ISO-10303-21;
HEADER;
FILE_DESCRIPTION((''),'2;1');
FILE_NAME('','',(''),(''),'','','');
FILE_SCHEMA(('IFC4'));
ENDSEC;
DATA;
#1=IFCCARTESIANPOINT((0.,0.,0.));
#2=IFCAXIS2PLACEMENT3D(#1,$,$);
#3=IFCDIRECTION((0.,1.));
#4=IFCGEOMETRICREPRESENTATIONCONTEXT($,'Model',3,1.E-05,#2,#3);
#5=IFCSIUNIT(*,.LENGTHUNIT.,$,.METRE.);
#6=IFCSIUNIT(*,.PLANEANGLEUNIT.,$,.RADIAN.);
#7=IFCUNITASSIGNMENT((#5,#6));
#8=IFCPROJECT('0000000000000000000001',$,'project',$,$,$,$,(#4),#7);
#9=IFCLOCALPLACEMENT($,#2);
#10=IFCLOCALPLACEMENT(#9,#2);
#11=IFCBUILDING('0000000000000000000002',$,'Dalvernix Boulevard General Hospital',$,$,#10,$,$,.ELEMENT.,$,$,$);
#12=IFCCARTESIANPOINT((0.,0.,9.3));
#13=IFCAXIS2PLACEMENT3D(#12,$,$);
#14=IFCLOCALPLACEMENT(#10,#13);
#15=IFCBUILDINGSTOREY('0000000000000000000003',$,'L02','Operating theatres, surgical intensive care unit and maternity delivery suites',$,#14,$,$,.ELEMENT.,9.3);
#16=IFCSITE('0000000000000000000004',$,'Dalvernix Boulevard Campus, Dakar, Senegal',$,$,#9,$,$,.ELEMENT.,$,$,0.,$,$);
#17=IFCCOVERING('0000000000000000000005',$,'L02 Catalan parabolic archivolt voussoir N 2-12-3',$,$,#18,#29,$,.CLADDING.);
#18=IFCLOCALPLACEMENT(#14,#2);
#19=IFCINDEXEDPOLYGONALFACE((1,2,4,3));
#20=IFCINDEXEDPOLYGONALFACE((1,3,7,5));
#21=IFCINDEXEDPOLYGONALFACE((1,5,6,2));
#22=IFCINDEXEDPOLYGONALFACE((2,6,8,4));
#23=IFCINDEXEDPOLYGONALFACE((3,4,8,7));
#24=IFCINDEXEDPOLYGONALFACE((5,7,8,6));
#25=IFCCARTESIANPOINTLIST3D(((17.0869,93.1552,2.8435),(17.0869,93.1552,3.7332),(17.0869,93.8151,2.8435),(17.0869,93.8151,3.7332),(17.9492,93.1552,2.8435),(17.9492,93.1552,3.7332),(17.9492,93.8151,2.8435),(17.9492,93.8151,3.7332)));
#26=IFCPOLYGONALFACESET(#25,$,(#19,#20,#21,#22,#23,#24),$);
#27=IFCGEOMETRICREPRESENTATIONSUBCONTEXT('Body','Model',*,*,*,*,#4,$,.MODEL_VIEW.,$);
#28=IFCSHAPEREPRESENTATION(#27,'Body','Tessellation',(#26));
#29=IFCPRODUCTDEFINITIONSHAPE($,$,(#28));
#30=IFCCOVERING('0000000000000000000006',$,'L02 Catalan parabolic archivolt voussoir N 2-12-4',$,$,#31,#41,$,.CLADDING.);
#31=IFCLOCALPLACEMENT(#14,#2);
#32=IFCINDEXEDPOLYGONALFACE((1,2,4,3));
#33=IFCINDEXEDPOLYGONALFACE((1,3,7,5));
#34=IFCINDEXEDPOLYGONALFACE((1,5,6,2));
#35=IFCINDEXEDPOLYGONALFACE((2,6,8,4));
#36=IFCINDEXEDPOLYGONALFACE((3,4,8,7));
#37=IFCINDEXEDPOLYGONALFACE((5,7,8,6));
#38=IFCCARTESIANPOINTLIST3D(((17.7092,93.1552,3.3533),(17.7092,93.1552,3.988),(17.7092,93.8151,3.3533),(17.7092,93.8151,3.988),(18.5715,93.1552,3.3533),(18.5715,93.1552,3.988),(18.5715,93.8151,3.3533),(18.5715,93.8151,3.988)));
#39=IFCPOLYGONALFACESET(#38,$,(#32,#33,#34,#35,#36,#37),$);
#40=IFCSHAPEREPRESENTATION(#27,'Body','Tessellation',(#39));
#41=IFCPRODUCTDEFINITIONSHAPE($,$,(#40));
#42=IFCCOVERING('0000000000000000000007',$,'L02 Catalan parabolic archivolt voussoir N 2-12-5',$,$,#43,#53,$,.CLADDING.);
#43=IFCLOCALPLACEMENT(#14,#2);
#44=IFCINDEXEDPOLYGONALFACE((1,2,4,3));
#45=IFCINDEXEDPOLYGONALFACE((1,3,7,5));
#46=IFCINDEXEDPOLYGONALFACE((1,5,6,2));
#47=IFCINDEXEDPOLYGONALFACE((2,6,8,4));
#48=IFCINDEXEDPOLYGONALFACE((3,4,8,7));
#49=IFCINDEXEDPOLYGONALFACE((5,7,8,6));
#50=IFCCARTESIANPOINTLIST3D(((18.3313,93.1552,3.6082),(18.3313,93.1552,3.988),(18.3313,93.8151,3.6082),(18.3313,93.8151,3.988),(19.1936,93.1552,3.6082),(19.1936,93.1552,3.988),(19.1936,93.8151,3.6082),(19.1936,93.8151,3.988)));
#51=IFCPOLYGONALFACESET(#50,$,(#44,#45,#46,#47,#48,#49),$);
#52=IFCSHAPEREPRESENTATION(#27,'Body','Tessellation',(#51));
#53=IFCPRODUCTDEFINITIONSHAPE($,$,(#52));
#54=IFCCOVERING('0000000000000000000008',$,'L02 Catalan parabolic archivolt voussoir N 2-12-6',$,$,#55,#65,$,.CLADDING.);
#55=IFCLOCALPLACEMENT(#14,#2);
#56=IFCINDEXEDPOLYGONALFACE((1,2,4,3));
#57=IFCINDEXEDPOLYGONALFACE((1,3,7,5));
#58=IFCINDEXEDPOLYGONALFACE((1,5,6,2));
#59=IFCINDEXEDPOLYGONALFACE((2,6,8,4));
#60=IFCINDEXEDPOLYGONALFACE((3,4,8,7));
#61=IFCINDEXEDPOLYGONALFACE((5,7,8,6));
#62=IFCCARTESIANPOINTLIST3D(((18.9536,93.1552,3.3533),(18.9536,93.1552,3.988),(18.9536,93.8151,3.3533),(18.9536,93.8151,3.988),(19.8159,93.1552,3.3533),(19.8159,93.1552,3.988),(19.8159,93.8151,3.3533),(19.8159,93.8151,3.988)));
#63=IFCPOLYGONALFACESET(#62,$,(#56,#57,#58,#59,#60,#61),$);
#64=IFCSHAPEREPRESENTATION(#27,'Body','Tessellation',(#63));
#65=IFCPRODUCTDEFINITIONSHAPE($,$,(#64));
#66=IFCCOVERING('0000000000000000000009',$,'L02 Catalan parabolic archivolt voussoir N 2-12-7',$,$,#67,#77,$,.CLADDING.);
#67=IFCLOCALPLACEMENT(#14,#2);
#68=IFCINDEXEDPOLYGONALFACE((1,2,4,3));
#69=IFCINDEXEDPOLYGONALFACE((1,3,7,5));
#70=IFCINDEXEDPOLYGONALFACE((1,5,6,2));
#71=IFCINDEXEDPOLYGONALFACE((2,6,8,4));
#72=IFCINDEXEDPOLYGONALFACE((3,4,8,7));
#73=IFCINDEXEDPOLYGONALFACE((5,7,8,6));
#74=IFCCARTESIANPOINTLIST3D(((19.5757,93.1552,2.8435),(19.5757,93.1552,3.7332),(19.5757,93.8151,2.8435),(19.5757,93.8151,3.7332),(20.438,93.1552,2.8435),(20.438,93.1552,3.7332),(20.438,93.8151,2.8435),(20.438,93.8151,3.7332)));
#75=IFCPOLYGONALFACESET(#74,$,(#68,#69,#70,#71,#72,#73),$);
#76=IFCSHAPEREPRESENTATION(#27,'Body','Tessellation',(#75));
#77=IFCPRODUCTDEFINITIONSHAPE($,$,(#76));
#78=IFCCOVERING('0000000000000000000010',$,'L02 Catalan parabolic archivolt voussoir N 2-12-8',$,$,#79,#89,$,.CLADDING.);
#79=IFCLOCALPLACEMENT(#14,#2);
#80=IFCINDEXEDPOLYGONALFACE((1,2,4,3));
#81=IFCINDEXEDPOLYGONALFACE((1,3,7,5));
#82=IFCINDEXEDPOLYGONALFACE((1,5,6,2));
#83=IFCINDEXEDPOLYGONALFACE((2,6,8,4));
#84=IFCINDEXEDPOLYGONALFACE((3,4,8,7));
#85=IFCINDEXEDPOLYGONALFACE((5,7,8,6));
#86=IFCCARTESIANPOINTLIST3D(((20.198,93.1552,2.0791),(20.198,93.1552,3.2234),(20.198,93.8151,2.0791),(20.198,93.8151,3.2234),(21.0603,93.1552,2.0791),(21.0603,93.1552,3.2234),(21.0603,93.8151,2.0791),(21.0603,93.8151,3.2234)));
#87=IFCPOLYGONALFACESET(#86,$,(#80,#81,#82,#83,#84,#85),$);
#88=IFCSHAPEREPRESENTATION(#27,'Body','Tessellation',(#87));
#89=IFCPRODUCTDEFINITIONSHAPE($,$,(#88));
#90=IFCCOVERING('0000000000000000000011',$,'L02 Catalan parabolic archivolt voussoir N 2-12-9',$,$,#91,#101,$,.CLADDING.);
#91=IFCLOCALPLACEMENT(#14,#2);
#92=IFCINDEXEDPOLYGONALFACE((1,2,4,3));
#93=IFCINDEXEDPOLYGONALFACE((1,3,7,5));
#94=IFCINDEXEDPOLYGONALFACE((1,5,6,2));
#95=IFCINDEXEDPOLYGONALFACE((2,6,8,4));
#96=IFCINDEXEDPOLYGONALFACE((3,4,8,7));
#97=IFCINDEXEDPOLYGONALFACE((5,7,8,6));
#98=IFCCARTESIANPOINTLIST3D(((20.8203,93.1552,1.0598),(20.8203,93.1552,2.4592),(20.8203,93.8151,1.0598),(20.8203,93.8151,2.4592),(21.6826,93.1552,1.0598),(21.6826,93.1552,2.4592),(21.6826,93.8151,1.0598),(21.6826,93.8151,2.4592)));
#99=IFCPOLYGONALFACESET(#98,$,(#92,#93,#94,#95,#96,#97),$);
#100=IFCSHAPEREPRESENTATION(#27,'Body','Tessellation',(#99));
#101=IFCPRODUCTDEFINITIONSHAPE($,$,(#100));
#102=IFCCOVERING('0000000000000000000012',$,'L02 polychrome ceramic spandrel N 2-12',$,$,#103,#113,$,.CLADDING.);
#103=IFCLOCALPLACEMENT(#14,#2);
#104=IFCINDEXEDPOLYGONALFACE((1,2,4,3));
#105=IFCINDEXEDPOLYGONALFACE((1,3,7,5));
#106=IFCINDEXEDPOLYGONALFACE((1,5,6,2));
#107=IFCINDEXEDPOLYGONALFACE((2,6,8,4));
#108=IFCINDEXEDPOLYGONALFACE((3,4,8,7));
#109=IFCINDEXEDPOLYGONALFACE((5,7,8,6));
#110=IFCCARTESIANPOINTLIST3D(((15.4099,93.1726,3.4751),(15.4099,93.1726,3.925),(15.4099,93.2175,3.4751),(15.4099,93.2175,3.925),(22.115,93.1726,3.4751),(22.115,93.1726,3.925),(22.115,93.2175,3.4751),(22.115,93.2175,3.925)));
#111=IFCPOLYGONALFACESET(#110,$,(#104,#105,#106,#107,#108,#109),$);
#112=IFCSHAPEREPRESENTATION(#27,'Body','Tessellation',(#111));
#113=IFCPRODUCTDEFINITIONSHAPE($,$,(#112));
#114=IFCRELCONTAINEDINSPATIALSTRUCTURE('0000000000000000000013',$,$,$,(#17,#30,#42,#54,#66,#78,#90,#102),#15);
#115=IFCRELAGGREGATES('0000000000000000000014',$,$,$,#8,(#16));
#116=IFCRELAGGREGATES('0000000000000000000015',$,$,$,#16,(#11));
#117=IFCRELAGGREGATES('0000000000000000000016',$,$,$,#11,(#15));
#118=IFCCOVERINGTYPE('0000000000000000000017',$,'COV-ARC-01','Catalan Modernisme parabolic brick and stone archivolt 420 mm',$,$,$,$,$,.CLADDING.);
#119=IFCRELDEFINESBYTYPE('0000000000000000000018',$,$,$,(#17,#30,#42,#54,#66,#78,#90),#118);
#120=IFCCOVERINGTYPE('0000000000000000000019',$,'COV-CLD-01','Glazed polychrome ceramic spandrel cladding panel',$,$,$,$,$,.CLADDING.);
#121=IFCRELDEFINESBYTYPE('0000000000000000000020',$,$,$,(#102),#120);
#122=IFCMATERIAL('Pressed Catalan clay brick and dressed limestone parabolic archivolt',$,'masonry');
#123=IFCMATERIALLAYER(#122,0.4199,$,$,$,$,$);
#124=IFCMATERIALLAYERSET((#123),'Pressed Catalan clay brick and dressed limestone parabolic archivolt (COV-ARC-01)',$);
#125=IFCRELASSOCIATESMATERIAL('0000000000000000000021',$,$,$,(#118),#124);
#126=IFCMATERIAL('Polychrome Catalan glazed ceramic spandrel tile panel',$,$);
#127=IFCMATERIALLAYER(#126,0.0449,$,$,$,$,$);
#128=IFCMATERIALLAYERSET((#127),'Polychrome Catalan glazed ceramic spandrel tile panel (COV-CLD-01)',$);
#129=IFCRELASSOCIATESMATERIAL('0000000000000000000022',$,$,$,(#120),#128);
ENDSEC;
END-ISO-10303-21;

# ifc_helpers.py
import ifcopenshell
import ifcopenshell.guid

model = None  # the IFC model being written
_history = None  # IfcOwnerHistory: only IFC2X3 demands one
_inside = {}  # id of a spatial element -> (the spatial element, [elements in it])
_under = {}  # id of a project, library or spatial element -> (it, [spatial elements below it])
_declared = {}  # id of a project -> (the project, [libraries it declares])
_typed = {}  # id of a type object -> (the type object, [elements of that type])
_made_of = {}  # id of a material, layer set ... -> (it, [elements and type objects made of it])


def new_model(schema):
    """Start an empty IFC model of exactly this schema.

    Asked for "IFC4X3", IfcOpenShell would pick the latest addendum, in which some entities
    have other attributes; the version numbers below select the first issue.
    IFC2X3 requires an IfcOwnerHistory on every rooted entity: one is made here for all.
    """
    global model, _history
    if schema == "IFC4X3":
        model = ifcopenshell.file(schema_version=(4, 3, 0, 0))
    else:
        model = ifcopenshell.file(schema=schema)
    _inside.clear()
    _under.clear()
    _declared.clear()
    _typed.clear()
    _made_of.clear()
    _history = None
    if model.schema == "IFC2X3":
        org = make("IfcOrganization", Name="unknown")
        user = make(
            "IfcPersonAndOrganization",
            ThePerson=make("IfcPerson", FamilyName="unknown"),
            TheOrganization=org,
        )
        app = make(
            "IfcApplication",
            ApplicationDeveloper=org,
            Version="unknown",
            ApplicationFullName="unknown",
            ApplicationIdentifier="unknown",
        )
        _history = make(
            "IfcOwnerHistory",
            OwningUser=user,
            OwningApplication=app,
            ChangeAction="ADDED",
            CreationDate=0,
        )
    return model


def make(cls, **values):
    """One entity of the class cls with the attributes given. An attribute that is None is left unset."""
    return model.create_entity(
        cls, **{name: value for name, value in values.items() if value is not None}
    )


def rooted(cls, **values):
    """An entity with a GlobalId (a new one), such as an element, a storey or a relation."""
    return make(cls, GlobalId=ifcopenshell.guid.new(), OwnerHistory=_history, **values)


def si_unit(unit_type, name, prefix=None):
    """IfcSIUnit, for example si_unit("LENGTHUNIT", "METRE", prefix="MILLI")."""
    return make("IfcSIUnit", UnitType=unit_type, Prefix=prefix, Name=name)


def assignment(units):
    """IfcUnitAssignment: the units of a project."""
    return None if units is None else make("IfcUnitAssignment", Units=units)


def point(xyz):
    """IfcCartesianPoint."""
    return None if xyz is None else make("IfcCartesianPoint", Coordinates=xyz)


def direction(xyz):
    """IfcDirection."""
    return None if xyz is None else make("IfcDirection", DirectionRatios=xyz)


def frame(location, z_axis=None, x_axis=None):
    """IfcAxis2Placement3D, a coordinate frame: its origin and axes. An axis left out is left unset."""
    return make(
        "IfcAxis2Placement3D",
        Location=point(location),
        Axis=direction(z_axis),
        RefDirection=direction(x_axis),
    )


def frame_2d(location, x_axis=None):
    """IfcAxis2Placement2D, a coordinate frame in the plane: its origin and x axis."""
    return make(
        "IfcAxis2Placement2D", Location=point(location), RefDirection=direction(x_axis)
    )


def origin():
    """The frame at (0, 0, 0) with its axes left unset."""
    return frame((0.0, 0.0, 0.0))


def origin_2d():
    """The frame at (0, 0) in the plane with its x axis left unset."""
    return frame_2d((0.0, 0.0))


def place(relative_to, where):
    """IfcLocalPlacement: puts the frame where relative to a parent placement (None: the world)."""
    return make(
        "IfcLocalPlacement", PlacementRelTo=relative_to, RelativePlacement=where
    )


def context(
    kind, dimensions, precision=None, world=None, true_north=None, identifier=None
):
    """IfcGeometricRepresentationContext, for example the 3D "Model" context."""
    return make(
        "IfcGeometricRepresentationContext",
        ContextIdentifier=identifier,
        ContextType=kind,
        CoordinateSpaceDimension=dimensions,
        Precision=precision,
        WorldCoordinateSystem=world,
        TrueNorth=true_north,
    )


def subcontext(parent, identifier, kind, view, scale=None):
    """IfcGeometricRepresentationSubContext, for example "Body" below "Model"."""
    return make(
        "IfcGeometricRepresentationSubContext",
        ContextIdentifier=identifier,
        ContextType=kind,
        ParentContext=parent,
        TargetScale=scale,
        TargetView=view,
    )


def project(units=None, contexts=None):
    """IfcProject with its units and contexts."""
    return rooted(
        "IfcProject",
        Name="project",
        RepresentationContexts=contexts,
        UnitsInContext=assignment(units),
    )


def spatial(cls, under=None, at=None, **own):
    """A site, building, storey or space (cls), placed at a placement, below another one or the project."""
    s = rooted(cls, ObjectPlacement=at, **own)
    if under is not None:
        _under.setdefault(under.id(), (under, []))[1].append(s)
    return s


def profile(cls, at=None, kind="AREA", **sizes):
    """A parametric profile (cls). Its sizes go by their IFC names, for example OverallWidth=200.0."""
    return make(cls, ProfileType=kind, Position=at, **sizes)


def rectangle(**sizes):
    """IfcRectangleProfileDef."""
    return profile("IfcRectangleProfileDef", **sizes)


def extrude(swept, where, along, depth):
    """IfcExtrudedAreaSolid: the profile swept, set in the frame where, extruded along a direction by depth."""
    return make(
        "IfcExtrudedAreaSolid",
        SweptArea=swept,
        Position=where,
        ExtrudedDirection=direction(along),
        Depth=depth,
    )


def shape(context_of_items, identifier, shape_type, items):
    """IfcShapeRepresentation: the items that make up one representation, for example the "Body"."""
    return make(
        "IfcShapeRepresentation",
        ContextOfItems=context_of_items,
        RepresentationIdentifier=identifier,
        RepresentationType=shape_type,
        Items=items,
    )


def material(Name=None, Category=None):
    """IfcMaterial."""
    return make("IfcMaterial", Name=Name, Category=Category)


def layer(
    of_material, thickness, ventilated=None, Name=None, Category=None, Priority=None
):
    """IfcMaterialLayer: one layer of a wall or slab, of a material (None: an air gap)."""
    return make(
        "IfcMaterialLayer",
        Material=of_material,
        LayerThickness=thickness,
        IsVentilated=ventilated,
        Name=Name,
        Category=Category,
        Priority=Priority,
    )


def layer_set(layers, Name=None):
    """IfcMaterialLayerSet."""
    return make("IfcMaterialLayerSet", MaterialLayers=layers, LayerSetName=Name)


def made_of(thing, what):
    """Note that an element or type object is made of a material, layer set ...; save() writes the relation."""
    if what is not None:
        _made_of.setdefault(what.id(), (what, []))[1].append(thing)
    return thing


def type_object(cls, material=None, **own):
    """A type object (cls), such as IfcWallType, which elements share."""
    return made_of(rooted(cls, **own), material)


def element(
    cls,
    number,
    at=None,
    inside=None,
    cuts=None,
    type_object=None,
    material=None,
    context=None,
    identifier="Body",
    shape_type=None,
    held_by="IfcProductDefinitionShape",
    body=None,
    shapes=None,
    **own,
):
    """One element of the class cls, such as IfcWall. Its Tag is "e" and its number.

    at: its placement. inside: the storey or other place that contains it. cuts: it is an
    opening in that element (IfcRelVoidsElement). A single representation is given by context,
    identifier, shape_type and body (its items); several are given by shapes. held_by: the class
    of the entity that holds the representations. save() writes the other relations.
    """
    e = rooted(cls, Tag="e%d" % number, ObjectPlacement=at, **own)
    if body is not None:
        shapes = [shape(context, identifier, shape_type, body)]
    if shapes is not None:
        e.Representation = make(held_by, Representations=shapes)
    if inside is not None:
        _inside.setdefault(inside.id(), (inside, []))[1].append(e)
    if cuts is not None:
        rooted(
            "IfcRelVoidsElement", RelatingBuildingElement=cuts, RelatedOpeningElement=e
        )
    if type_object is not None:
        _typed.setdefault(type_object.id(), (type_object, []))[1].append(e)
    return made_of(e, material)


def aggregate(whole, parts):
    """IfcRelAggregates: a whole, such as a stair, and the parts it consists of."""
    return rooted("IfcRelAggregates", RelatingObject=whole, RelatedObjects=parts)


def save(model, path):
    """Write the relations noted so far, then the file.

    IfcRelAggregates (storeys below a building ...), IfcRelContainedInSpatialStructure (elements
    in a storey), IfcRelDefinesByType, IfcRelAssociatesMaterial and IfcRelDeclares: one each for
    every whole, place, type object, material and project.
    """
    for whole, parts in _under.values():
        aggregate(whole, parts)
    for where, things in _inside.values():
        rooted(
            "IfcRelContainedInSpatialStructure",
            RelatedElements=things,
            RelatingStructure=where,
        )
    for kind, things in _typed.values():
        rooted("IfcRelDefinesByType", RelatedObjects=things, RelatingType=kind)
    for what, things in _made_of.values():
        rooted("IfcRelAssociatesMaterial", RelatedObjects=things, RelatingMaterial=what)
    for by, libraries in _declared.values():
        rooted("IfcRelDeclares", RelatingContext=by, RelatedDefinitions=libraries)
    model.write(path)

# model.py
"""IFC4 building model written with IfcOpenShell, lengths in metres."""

from ifc_helpers import new_model, si_unit, direction, frame, origin, origin_2d, place, context, subcontext, project, spatial, rectangle, extrude, material, layer, layer_set, type_object, element, save


model = new_model("IFC4")

# Units and contexts
model_context = context("Model", 3, precision=1e-05, world=origin(), true_north=direction((0.0, 1.0)))
body_context = subcontext(model_context, "Body", "Model", "MODEL_VIEW")
ifc_project = project(units=[si_unit("LENGTHUNIT", "METRE"), si_unit("PLANEANGLEUNIT", "RADIAN")], contexts=[model_context])

# Site, building, storey
site_placement = place(None, origin())
site = spatial("IfcSite", under=ifc_project, at=site_placement, Name="Dalvernix Boulevard Campus, Dakar, Senegal", CompositionType="ELEMENT", RefElevation=0.0)
building_placement = place(site_placement, origin())
building = spatial("IfcBuilding", under=site, at=building_placement, Name="Dalvernix Boulevard General Hospital", CompositionType="ELEMENT")
storey_placement = place(building_placement, frame((0.0, 0.0, 9.3)))
storey = spatial("IfcBuildingStorey", under=building, at=storey_placement, Name="L02", Description="Operating theatres, surgical intensive care unit and maternity delivery suites", CompositionType="ELEMENT", Elevation=9.3)

# Coverings
ifc_material_1 = material(Name="Pressed Catalan clay brick and dressed limestone parabolic archivolt", Category="masonry")
ifc_layer_1 = layer(ifc_material_1, 0.4199)
ifc_layer_set_1 = layer_set([ifc_layer_1], Name="Pressed Catalan clay brick and dressed limestone parabolic archivolt (COV-ARC-01)")
covering_type_1 = type_object("IfcCoveringType", Name="COV-ARC-01", Description="Catalan Modernisme parabolic brick and stone archivolt 420 mm", PredefinedType="CLADDING", material=ifc_layer_set_1)
covering_1_placement = place(storey_placement, frame((17.5181, 93.4851, 2.8435), z_axis=(0.0, 0.0, 1.0), x_axis=(1.0, 0.0, 0.0)))
element("IfcCovering", 1, at=covering_1_placement, inside=storey, type_object=covering_type_1, Name="L02 Catalan parabolic archivolt voussoir N 2-12-3", PredefinedType="CLADDING", context=body_context, shape_type="SweptSolid", body=[
    extrude(rectangle(XDim=0.8623, YDim=0.6599, at=origin_2d()), origin(), (0.0, 0.0, 1.0), 0.8896),
])
covering_2_placement = place(storey_placement, frame((18.1404, 93.4851, 3.3533), z_axis=(0.0, 0.0, 1.0), x_axis=(1.0, 0.0, 0.0)))
element("IfcCovering", 2, at=covering_2_placement, inside=storey, type_object=covering_type_1, Name="L02 Catalan parabolic archivolt voussoir N 2-12-4", PredefinedType="CLADDING", context=body_context, shape_type="SweptSolid", body=[
    extrude(rectangle(XDim=0.8623, YDim=0.6599, at=origin_2d()), origin(), (0.0, 0.0, 1.0), 0.6348),
])
covering_3_placement = place(storey_placement, frame((18.7625, 93.4851, 3.6082), z_axis=(0.0, 0.0, 1.0), x_axis=(1.0, 0.0, 0.0)))
element("IfcCovering", 3, at=covering_3_placement, inside=storey, type_object=covering_type_1, Name="L02 Catalan parabolic archivolt voussoir N 2-12-5", PredefinedType="CLADDING", context=body_context, shape_type="SweptSolid", body=[
    extrude(rectangle(XDim=0.8623, YDim=0.6599, at=origin_2d()), origin(), (0.0, 0.0, 1.0), 0.3799),
])
covering_4_placement = place(storey_placement, frame((19.3848, 93.4851, 3.3533), z_axis=(0.0, 0.0, 1.0), x_axis=(1.0, 0.0, 0.0)))
element("IfcCovering", 4, at=covering_4_placement, inside=storey, type_object=covering_type_1, Name="L02 Catalan parabolic archivolt voussoir N 2-12-6", PredefinedType="CLADDING", context=body_context, shape_type="SweptSolid", body=[
    extrude(rectangle(XDim=0.8623, YDim=0.6599, at=origin_2d()), origin(), (0.0, 0.0, 1.0), 0.6348),
])
covering_5_placement = place(storey_placement, frame((20.0068, 93.4851, 2.8435), z_axis=(0.0, 0.0, 1.0), x_axis=(1.0, 0.0, 0.0)))
element("IfcCovering", 5, at=covering_5_placement, inside=storey, type_object=covering_type_1, Name="L02 Catalan parabolic archivolt voussoir N 2-12-7", PredefinedType="CLADDING", context=body_context, shape_type="SweptSolid", body=[
    extrude(rectangle(XDim=0.8623, YDim=0.6599, at=origin_2d()), origin(), (0.0, 0.0, 1.0), 0.8896),
])
covering_6_placement = place(storey_placement, frame((20.6292, 93.4851, 2.0791), z_axis=(0.0, 0.0, 1.0), x_axis=(1.0, 0.0, 0.0)))
element("IfcCovering", 6, at=covering_6_placement, inside=storey, type_object=covering_type_1, Name="L02 Catalan parabolic archivolt voussoir N 2-12-8", PredefinedType="CLADDING", context=body_context, shape_type="SweptSolid", body=[
    extrude(rectangle(XDim=0.8623, YDim=0.6599, at=origin_2d()), origin(), (0.0, 0.0, 1.0), 1.1443),
])
covering_7_placement = place(storey_placement, frame((21.2515, 93.4851, 1.0598), z_axis=(0.0, 0.0, 1.0), x_axis=(1.0, 0.0, 0.0)))
element("IfcCovering", 7, at=covering_7_placement, inside=storey, type_object=covering_type_1, Name="L02 Catalan parabolic archivolt voussoir N 2-12-9", PredefinedType="CLADDING", context=body_context, shape_type="SweptSolid", body=[
    extrude(rectangle(XDim=0.8623, YDim=0.6599, at=origin_2d()), origin(), (0.0, 0.0, 1.0), 1.3994),
])
ifc_material_2 = material(Name="Polychrome Catalan glazed ceramic spandrel tile panel")
ifc_layer_2 = layer(ifc_material_2, 0.0449)
ifc_layer_set_2 = layer_set([ifc_layer_2], Name="Polychrome Catalan glazed ceramic spandrel tile panel (COV-CLD-01)")
covering_type_2 = type_object("IfcCoveringType", Name="COV-CLD-01", Description="Glazed polychrome ceramic spandrel cladding panel", PredefinedType="CLADDING", material=ifc_layer_set_2)
covering_8_placement = place(storey_placement, frame((18.7625, 93.1951, 3.4751), z_axis=(0.0, 0.0, 1.0), x_axis=(1.0, 0.0, 0.0)))
element("IfcCovering", 8, at=covering_8_placement, inside=storey, type_object=covering_type_2, Name="L02 polychrome ceramic spandrel N 2-12", PredefinedType="CLADDING", context=body_context, shape_type="SweptSolid", body=[
    extrude(rectangle(XDim=6.7051, YDim=0.0449, at=origin_2d()), origin(), (0.0, 0.0, 1.0), 0.45),
])

save(model, "model.ifc")
